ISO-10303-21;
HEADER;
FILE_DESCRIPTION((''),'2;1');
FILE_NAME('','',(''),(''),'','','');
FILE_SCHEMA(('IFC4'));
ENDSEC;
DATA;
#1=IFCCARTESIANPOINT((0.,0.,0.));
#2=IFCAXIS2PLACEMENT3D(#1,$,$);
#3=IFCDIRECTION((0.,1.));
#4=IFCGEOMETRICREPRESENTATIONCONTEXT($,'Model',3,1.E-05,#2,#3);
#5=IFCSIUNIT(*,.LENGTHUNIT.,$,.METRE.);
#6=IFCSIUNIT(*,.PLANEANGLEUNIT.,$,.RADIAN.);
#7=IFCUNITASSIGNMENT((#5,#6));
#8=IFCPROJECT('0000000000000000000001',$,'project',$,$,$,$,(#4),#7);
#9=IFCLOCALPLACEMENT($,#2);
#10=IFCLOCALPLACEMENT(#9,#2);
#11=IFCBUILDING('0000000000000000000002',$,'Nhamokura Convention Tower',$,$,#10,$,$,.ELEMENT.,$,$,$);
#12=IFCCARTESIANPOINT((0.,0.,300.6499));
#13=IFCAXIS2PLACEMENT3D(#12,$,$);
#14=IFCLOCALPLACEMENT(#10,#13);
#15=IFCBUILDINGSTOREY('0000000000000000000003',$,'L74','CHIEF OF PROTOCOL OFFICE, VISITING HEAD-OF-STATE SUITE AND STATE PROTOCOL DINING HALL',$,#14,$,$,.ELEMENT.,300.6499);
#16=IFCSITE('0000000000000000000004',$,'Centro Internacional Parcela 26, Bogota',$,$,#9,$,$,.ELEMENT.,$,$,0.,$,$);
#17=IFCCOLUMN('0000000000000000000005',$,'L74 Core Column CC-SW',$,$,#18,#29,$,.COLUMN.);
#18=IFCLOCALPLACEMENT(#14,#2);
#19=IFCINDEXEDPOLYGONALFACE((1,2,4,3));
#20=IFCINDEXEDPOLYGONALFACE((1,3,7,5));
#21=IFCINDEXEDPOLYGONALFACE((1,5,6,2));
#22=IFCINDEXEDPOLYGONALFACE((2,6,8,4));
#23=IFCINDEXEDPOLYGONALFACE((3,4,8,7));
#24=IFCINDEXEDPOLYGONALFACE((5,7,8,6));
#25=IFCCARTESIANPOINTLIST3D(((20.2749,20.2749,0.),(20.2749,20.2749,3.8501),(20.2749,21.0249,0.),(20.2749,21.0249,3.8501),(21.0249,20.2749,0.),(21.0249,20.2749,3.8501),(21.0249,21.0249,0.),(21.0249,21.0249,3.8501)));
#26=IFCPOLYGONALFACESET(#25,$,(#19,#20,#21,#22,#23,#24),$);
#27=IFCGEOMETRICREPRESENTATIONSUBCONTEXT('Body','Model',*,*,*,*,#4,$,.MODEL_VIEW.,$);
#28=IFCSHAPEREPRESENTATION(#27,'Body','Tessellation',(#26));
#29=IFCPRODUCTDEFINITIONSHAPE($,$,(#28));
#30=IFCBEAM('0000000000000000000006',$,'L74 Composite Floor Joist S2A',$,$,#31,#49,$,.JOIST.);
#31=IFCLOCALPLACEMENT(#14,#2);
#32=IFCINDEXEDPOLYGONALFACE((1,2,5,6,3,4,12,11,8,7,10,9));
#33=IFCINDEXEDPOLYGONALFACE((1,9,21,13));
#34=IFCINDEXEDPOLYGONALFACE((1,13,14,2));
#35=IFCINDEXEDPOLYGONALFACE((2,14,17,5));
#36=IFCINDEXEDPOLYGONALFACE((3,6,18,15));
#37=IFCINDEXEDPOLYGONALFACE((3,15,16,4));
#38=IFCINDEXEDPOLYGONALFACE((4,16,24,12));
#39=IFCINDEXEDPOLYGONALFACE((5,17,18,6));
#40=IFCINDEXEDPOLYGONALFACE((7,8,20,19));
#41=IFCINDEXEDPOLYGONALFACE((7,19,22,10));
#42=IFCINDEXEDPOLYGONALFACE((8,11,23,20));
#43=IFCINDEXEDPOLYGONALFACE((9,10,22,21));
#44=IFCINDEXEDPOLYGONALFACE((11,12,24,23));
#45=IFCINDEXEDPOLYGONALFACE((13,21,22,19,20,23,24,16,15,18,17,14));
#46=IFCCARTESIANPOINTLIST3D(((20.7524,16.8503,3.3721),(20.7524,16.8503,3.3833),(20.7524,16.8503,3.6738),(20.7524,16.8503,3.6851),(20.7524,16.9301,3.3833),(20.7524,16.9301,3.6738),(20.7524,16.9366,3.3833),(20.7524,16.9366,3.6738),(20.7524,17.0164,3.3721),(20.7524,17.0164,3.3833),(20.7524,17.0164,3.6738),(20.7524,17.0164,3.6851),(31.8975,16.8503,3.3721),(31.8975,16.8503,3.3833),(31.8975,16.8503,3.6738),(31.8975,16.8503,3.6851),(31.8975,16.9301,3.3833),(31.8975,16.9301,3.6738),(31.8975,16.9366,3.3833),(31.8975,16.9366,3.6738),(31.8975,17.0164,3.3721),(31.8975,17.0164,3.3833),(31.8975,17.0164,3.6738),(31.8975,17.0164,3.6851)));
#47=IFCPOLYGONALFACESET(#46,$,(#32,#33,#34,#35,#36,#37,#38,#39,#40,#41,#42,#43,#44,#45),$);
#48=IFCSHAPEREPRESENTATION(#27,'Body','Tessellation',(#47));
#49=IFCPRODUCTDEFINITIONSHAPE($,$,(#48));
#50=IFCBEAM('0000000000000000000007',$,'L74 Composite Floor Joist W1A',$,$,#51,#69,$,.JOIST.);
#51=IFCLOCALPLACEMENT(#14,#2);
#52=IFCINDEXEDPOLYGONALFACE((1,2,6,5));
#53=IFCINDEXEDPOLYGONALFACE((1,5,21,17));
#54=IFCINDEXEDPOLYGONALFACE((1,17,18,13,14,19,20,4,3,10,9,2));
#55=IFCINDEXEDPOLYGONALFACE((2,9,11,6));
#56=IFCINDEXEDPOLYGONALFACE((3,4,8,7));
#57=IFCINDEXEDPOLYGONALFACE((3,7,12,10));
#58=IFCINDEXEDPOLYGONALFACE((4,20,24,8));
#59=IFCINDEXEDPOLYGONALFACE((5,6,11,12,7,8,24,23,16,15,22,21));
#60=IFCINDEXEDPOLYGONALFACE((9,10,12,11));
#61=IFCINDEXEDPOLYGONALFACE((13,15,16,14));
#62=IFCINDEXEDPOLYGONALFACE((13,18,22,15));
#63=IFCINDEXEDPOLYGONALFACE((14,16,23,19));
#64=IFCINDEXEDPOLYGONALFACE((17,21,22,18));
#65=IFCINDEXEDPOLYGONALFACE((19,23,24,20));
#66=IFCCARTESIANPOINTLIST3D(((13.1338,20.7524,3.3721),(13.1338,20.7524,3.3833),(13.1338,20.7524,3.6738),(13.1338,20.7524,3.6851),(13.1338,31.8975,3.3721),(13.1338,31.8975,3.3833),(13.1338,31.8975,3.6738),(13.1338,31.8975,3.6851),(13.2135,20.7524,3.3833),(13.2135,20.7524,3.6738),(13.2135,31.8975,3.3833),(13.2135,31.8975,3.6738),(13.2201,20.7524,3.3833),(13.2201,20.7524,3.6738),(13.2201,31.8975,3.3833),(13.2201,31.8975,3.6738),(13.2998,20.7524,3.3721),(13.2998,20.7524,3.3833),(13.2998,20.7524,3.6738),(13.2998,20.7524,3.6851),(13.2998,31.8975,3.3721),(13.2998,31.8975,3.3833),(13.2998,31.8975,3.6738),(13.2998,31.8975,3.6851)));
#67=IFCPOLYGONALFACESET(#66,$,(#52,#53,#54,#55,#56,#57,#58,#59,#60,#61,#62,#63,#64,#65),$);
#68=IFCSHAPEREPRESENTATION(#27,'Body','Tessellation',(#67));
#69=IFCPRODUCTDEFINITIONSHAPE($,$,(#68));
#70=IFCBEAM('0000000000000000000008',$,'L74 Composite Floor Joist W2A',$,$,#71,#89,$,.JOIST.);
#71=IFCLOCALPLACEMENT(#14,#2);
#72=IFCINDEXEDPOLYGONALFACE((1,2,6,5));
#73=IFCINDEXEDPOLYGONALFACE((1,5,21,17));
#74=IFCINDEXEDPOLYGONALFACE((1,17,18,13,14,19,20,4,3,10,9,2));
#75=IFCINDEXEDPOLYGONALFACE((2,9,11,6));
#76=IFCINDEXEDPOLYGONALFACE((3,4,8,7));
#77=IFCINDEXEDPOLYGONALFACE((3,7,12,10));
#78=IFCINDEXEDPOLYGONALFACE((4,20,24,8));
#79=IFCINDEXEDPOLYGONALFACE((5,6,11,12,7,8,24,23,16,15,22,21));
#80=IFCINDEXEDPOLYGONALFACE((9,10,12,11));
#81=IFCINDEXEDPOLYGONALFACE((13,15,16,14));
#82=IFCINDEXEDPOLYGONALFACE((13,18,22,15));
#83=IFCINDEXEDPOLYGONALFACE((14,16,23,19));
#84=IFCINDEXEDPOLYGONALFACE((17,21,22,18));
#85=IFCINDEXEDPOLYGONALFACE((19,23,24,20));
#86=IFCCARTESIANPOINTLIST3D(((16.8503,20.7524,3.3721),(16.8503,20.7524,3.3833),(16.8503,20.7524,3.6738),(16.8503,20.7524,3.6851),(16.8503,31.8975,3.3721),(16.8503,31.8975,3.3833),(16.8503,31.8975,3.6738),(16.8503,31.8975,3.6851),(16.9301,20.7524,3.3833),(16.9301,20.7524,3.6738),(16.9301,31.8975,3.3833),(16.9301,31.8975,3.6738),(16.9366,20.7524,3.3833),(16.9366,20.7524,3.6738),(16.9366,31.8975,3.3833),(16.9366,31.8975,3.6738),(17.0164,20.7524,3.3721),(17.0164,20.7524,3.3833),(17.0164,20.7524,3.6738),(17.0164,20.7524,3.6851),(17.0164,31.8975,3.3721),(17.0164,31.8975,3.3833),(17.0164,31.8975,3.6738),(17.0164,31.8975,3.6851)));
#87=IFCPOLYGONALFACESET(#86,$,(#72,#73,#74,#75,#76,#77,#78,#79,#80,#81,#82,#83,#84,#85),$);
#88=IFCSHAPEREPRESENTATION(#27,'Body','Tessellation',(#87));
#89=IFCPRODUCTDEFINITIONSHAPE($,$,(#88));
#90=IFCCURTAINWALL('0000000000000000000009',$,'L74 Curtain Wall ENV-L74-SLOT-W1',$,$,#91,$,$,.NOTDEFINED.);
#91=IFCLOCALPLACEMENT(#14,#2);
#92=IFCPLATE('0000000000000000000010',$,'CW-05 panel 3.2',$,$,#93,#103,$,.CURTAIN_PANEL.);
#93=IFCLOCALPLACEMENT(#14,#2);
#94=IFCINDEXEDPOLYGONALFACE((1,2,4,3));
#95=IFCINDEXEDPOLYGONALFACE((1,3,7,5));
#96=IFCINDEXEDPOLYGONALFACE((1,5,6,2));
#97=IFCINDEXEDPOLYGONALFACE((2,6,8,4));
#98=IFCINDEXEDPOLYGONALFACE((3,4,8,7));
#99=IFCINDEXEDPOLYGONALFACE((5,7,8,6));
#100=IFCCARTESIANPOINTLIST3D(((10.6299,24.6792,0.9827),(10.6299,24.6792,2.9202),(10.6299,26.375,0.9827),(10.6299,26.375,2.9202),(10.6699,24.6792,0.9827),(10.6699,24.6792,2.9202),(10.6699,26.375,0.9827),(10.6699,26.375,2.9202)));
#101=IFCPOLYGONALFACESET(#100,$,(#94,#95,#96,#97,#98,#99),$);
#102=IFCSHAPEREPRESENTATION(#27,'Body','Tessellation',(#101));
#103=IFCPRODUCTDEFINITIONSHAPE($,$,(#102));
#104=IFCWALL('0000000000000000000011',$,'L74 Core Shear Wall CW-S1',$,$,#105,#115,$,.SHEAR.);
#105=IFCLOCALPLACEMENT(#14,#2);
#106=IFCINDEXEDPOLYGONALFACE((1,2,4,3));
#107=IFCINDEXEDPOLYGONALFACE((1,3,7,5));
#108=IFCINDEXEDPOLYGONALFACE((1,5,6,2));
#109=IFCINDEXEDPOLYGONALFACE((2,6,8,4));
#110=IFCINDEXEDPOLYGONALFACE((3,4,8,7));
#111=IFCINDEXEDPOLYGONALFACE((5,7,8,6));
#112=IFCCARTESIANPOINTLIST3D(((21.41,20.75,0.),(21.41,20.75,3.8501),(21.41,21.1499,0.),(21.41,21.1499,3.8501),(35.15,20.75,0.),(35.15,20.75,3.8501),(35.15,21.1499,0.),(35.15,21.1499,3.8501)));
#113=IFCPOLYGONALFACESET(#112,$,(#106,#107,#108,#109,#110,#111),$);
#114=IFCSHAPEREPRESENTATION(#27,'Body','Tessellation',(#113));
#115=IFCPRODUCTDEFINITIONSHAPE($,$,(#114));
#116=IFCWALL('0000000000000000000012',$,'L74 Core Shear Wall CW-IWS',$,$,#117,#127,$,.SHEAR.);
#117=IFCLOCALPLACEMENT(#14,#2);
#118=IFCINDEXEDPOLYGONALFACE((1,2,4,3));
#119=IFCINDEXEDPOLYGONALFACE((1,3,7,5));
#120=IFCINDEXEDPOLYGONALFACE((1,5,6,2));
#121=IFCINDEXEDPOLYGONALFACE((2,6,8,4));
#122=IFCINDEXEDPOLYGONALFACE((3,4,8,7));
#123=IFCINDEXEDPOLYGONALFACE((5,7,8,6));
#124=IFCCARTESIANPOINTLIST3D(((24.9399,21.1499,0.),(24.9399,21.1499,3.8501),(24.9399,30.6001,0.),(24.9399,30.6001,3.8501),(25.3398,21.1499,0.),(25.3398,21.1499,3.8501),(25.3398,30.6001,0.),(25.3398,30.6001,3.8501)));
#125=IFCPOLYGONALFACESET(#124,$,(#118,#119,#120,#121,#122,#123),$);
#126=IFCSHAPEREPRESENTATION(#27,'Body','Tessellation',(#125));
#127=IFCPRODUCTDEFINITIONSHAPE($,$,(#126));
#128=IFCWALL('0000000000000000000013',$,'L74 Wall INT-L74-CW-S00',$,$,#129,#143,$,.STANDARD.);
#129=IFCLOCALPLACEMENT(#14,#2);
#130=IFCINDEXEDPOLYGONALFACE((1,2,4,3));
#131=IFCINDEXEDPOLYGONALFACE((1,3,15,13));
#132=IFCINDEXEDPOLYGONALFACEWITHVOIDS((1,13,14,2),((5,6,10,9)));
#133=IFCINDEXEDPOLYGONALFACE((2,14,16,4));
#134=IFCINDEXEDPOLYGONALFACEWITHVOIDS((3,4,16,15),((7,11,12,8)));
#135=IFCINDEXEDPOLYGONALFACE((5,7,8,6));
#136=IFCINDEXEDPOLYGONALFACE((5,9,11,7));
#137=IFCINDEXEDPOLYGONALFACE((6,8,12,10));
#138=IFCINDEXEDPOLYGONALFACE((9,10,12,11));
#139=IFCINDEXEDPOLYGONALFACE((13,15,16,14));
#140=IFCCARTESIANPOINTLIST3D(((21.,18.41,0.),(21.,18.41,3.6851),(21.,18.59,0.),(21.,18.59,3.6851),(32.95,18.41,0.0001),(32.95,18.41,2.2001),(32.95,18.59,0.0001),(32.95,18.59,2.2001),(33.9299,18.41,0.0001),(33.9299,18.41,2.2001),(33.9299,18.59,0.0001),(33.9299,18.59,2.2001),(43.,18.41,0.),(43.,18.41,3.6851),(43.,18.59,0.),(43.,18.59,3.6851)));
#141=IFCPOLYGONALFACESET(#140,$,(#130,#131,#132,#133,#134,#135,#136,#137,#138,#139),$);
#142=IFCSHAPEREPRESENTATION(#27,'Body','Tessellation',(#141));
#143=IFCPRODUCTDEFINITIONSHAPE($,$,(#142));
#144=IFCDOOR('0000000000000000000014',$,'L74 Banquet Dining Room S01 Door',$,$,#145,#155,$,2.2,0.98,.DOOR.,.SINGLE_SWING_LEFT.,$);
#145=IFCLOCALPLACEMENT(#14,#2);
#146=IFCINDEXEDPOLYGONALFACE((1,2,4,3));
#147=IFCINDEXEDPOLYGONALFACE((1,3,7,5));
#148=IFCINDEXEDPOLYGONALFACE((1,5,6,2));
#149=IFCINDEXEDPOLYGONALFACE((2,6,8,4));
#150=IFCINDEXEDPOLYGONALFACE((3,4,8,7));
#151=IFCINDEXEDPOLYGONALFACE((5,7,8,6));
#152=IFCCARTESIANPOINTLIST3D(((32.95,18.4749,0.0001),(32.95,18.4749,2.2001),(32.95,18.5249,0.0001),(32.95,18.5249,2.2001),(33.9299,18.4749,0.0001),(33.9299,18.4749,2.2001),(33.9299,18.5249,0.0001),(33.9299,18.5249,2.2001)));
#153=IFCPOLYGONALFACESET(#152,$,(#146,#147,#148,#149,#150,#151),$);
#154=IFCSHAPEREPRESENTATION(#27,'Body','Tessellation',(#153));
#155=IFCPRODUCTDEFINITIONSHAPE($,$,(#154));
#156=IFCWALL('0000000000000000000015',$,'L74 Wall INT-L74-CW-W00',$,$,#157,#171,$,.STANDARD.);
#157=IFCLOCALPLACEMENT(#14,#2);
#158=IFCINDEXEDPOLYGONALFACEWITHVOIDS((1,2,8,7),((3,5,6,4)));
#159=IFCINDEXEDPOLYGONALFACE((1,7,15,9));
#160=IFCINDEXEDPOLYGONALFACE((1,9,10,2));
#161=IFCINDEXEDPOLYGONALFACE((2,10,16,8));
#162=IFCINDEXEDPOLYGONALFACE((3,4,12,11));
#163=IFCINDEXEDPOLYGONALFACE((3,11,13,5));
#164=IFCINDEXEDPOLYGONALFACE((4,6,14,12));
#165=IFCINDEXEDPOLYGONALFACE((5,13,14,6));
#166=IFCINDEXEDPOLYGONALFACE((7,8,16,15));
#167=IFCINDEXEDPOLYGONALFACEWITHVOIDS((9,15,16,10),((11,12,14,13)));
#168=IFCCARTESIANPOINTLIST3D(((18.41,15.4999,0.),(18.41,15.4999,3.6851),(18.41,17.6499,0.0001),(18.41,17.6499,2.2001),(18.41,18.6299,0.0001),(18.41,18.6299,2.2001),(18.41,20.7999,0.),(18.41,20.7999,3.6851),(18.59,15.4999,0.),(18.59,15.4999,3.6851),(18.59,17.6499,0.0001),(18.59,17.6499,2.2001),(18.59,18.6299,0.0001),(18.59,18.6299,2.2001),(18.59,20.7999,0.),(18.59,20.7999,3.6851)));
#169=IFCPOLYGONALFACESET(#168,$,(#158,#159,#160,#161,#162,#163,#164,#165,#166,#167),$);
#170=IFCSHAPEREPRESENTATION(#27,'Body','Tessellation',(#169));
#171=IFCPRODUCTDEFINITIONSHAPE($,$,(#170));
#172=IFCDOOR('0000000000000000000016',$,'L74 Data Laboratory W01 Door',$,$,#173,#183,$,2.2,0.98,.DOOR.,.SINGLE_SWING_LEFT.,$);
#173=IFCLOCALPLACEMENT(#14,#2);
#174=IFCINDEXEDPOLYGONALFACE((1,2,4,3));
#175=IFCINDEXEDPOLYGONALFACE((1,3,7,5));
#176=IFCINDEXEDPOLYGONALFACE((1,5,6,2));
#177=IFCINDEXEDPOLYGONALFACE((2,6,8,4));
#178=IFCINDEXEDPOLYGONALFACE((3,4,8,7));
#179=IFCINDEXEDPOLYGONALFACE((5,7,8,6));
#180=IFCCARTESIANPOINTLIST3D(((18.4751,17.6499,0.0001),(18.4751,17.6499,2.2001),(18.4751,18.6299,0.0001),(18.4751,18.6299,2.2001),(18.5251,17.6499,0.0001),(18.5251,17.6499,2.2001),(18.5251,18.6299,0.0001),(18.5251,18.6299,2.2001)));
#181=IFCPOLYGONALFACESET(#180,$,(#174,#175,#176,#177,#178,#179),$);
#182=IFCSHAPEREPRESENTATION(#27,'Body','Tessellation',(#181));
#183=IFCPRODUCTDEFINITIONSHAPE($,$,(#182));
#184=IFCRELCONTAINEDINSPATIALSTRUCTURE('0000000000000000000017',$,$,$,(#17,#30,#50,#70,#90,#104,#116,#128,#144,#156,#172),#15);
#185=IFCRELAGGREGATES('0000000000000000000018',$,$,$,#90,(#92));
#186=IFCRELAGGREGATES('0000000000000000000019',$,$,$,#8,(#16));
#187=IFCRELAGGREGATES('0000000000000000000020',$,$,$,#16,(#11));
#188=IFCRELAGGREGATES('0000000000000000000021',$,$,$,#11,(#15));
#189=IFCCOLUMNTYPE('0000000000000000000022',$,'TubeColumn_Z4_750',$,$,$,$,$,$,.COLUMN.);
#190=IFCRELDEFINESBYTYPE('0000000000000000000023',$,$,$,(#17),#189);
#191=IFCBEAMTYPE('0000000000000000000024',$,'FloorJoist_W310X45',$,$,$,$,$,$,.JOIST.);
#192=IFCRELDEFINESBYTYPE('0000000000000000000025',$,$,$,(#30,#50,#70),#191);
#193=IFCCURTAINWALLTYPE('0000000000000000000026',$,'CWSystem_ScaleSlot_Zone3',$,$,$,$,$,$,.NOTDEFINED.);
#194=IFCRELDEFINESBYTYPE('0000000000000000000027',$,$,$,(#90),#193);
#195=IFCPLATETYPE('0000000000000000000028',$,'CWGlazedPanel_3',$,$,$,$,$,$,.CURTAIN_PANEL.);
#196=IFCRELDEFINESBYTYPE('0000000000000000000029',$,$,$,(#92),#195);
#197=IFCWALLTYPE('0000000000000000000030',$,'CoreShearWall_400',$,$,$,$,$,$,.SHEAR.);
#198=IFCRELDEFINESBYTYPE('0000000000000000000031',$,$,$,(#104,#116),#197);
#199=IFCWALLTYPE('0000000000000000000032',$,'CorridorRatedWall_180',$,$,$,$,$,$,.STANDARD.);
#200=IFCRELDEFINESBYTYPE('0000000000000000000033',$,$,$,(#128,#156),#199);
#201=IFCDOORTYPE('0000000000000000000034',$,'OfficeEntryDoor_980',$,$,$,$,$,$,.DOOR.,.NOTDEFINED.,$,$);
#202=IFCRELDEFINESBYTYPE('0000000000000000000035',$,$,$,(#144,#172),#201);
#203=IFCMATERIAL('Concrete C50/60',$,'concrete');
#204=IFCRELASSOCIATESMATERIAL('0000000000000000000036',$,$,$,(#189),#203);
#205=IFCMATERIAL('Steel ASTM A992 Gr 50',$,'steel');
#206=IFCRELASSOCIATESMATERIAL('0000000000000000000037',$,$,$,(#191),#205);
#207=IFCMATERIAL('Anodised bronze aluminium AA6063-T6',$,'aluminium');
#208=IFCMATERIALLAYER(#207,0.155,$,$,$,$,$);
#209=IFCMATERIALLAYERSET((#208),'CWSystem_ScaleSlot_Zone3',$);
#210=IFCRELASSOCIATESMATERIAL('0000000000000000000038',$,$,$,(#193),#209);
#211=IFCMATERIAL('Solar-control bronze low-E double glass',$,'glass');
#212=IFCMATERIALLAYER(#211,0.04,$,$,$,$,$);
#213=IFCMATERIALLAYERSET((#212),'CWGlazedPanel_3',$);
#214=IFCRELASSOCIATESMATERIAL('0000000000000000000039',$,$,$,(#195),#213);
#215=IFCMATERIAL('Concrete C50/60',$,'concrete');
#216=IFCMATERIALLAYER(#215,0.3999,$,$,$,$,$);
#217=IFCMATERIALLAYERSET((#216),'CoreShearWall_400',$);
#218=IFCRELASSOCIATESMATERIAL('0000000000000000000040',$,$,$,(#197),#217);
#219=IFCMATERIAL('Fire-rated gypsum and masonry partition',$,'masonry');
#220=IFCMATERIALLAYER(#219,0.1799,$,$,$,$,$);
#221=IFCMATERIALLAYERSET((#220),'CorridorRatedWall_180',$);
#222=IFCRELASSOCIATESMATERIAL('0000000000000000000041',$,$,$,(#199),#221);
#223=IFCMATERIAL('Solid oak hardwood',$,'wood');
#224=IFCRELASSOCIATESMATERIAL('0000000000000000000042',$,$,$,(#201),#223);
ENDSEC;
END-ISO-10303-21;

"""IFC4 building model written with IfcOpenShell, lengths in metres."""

from ifc_helpers import new_model, si_unit, direction, frame, frame_2d, origin, origin_2d, place, context, subcontext, project, spatial, rectangle, i_section, extrude, material, layer, layer_set, material_profile, profile_set, type_object, element, fill, aggregate, save


model = new_model("IFC4")

# Units and contexts
model_context = context("Model", 3, precision=1e-05, world=origin(), true_north=direction((0.0, 1.0)))
body_context = subcontext(model_context, "Body", "Model", "MODEL_VIEW")
ifc_project = project(units=[si_unit("LENGTHUNIT", "METRE"), si_unit("PLANEANGLEUNIT", "RADIAN")], contexts=[model_context])

# Site, building, storey
site_placement = place(None, origin())
site = spatial("IfcSite", under=ifc_project, at=site_placement, Name="Centro Internacional Parcela 26, Bogota", CompositionType="ELEMENT", RefElevation=0.0)
building_placement = place(site_placement, origin())
building = spatial("IfcBuilding", under=site, at=building_placement, Name="Nhamokura Convention Tower", CompositionType="ELEMENT")
storey_placement = place(building_placement, frame((0.0, 0.0, 300.6499)))
storey = spatial("IfcBuildingStorey", under=building, at=storey_placement, Name="L74", Description="CHIEF OF PROTOCOL OFFICE, VISITING HEAD-OF-STATE SUITE AND STATE PROTOCOL DINING HALL", CompositionType="ELEMENT", Elevation=300.6499)

# Column
ifc_material_1 = material(Name="Concrete C50/60", Category="concrete")
ifc_material_profile_1 = material_profile(ifc_material_1, rectangle(XDim=0.75, YDim=0.75, at=origin_2d()))
ifc_profile_set_1 = profile_set([ifc_material_profile_1], Name="Concrete C50/60")
column_type = type_object("IfcColumnType", Name="TubeColumn_Z4_750", PredefinedType="COLUMN", material=ifc_profile_set_1)
column_placement = place(storey_placement, frame((20.6499, 20.6499, 0.0), z_axis=(0.0, 0.0, 1.0), x_axis=(1.0, 0.0, 0.0)))
element("IfcColumn", 1, at=column_placement, inside=storey, type_object=column_type, Name="L74 Core Column CC-SW", PredefinedType="COLUMN", context=body_context, shape_type="SweptSolid", body=[
    extrude(rectangle(XDim=0.75, YDim=0.75, at=origin_2d()), origin(), (0.0, 0.0, 1.0), 3.8501),
])

# Beams
ifc_material_2 = material(Name="Steel ASTM A992 Gr 50", Category="steel")
ifc_material_profile_2 = material_profile(ifc_material_2, i_section(OverallWidth=0.166, OverallDepth=0.313, WebThickness=0.0066, FlangeThickness=0.0112, at=origin_2d()))
ifc_profile_set_2 = profile_set([ifc_material_profile_2], Name="Steel ASTM A992 Gr 50")
beam_type = type_object("IfcBeamType", Name="FloorJoist_W310X45", PredefinedType="JOIST", material=ifc_profile_set_2)
for number, where, z_axis, x_axis, name in (
    (2, (20.7524, 16.9333, 3.5286), (1.0, 0.0, 0.0), (0.0, 1.0, 0.0), "L74 Composite Floor Joist S2A"),
    (3, (13.2168, 20.7524, 3.5286), (0.0, 1.0, 0.0), (-1.0, 0.0, 0.0), "L74 Composite Floor Joist W1A"),
    (4, (16.9333, 20.7524, 3.5286), (0.0, 1.0, 0.0), (-1.0, 0.0, 0.0), "L74 Composite Floor Joist W2A"),
):
    element("IfcBeam", number, at=place(storey_placement, frame(where, z_axis=z_axis, x_axis=x_axis)), inside=storey, type_object=beam_type, Name=name, PredefinedType="JOIST", context=body_context, shape_type="SweptSolid", body=[
        extrude(i_section(OverallWidth=0.166, OverallDepth=0.313, WebThickness=0.0066, FlangeThickness=0.0112, at=origin_2d()), origin(), (0.0, 0.0, 1.0), 11.145),
    ])

# Curtain wall, plate
ifc_material_3 = material(Name="Anodised bronze aluminium AA6063-T6", Category="aluminium")
ifc_layer_1 = layer(ifc_material_3, 0.155)
ifc_layer_set_1 = layer_set([ifc_layer_1], Name="CWSystem_ScaleSlot_Zone3")
curtain_wall_type = type_object("IfcCurtainWallType", Name="CWSystem_ScaleSlot_Zone3", PredefinedType="NOTDEFINED", material=ifc_layer_set_1)
curtain_wall_placement = place(storey_placement, origin())
curtain_wall = element("IfcCurtainWall", 5, at=curtain_wall_placement, inside=storey, type_object=curtain_wall_type, Name="L74 Curtain Wall ENV-L74-SLOT-W1", PredefinedType="NOTDEFINED")
ifc_material_4 = material(Name="Solar-control bronze low-E double glass", Category="glass")
ifc_layer_2 = layer(ifc_material_4, 0.04)
ifc_layer_set_2 = layer_set([ifc_layer_2], Name="CWGlazedPanel_3")
plate_type = type_object("IfcPlateType", Name="CWGlazedPanel_3", PredefinedType="CURTAIN_PANEL", material=ifc_layer_set_2)
plate_placement = place(storey_placement, frame((10.6499, 25.5271, 0.9827), z_axis=(0.0, 0.0, 1.0), x_axis=(0.0, 1.0, 0.0)))
plate = element("IfcPlate", 6, at=plate_placement, type_object=plate_type, Name="CW-05 panel 3.2", PredefinedType="CURTAIN_PANEL", context=body_context, shape_type="SweptSolid", body=[
    extrude(rectangle(XDim=1.6958, YDim=0.04, at=origin_2d()), origin(), (0.0, 0.0, 1.0), 1.9375),
])
aggregate(curtain_wall, [plate])

# Shared definitions
ifc_material_5 = material(Name="Concrete C50/60", Category="concrete")
ifc_layer_3 = layer(ifc_material_5, 0.3999)
ifc_layer_set_3 = layer_set([ifc_layer_3], Name="CoreShearWall_400")
wall_type_1 = type_object("IfcWallType", Name="CoreShearWall_400", PredefinedType="SHEAR", material=ifc_layer_set_3)

# Walls
wall_1_placement = place(storey_placement, frame((21.4099, 20.95, 0.0), z_axis=(0.0, 0.0, 1.0), x_axis=(1.0, 0.0, 0.0)))
element("IfcWall", 7, at=wall_1_placement, inside=storey, type_object=wall_type_1, Name="L74 Core Shear Wall CW-S1", PredefinedType="SHEAR", context=body_context, shape_type="SweptSolid", body=[
    extrude(rectangle(XDim=13.74, YDim=0.3999, at=frame_2d((6.8701, 0.0))), origin(), (0.0, 0.0, 1.0), 3.8501),
])
wall_2_placement = place(storey_placement, frame((25.1399, 21.1499, 0.0), z_axis=(0.0, 0.0, 1.0), x_axis=(0.0, 1.0, 0.0)))
element("IfcWall", 8, at=wall_2_placement, inside=storey, type_object=wall_type_1, Name="L74 Core Shear Wall CW-IWS", PredefinedType="SHEAR", context=body_context, shape_type="SweptSolid", body=[
    extrude(rectangle(XDim=9.4502, YDim=0.3999, at=frame_2d((4.7251, 0.0))), origin(), (0.0, 0.0, 1.0), 3.8501),
])

# Walls, openings, doors
ifc_material_6 = material(Name="Fire-rated gypsum and masonry partition", Category="masonry")
ifc_layer_4 = layer(ifc_material_6, 0.1799)
ifc_layer_set_4 = layer_set([ifc_layer_4], Name="CorridorRatedWall_180")
wall_type_2 = type_object("IfcWallType", Name="CorridorRatedWall_180", PredefinedType="STANDARD", material=ifc_layer_set_4)
wall_3_placement = place(storey_placement, frame((21.0, 18.5, 0.0), z_axis=(0.0, 0.0, 1.0), x_axis=(1.0, 0.0, 0.0)))
wall_3 = element("IfcWall", 9, at=wall_3_placement, inside=storey, type_object=wall_type_2, Name="L74 Wall INT-L74-CW-S00", PredefinedType="STANDARD", context=body_context, shape_type="SweptSolid", body=[
    extrude(rectangle(XDim=22.0, YDim=0.1799, at=frame_2d((11.0, 0.0))), origin(), (0.0, 0.0, 1.0), 3.6851),
])
opening_1_placement = place(wall_3_placement, frame((11.95, 0.0, 0.0)))
opening_1 = element("IfcOpeningElement", 10, at=opening_1_placement, cuts=wall_3, PredefinedType="OPENING", context=body_context, shape_type="SweptSolid", body=[
    extrude(rectangle(XDim=0.98, YDim=2.2, at=frame_2d((0.49, 1.1001))), frame((0.0, 0.0999, 0.0), z_axis=(0.0, -1.0, 0.0), x_axis=(1.0, 0.0, 0.0)), (0.0, 0.0, 1.0), 0.2),
])
ifc_material_7 = material(Name="Solid oak hardwood", Category="wood")
door_type_1 = type_object("IfcDoorType", Name="OfficeEntryDoor_980", OperationType="NOTDEFINED", PredefinedType="DOOR", material=ifc_material_7)
door_1_placement = place(opening_1_placement, origin())
door_1 = element("IfcDoor", 11, at=door_1_placement, inside=storey, type_object=door_type_1, Name="L74 Banquet Dining Room S01 Door", OperationType="SINGLE_SWING_LEFT", OverallHeight=2.2, OverallWidth=0.98, PredefinedType="DOOR", context=body_context, shape_type="SweptSolid", body=[
    extrude(rectangle(XDim=0.98, YDim=2.2, at=frame_2d((0.49, 1.1001))), frame((0.0, 0.0249, 0.0), z_axis=(0.0, -1.0, 0.0), x_axis=(1.0, 0.0, 0.0)), (0.0, 0.0, 1.0), 0.05),
])
fill(opening_1, door_1)
wall_4_placement = place(storey_placement, frame((18.5, 15.5, 0.0), z_axis=(0.0, 0.0, 1.0), x_axis=(0.0, 1.0, 0.0)))
wall_4 = element("IfcWall", 12, at=wall_4_placement, inside=storey, type_object=wall_type_2, Name="L74 Wall INT-L74-CW-W00", PredefinedType="STANDARD", context=body_context, shape_type="SweptSolid", body=[
    extrude(rectangle(XDim=5.3, YDim=0.1799, at=frame_2d((2.6499, 0.0))), origin(), (0.0, 0.0, 1.0), 3.6851),
])
opening_2_placement = place(wall_4_placement, frame((2.1499, 0.0, 0.0)))
opening_2 = element("IfcOpeningElement", 13, at=opening_2_placement, cuts=wall_4, PredefinedType="OPENING", context=body_context, shape_type="SweptSolid", body=[
    extrude(rectangle(XDim=0.98, YDim=2.2, at=frame_2d((0.49, 1.1001))), frame((0.0, 0.0999, 0.0), z_axis=(0.0, -1.0, 0.0), x_axis=(1.0, 0.0, 0.0)), (0.0, 0.0, 1.0), 0.2),
])
door_2_placement = place(opening_2_placement, origin())
door_2 = element("IfcDoor", 14, at=door_2_placement, inside=storey, type_object=door_type_1, Name="L74 Data Laboratory W01 Door", OperationType="SINGLE_SWING_LEFT", OverallHeight=2.2, OverallWidth=0.98, PredefinedType="DOOR", context=body_context, shape_type="SweptSolid", body=[
    extrude(rectangle(XDim=0.98, YDim=2.2, at=frame_2d((0.49, 1.1001))), frame((0.0, 0.0249, 0.0), z_axis=(0.0, -1.0, 0.0), x_axis=(1.0, 0.0, 0.0)), (0.0, 0.0, 1.0), 0.05),
])
fill(opening_2, door_2)

save(model, "model.ifc")
